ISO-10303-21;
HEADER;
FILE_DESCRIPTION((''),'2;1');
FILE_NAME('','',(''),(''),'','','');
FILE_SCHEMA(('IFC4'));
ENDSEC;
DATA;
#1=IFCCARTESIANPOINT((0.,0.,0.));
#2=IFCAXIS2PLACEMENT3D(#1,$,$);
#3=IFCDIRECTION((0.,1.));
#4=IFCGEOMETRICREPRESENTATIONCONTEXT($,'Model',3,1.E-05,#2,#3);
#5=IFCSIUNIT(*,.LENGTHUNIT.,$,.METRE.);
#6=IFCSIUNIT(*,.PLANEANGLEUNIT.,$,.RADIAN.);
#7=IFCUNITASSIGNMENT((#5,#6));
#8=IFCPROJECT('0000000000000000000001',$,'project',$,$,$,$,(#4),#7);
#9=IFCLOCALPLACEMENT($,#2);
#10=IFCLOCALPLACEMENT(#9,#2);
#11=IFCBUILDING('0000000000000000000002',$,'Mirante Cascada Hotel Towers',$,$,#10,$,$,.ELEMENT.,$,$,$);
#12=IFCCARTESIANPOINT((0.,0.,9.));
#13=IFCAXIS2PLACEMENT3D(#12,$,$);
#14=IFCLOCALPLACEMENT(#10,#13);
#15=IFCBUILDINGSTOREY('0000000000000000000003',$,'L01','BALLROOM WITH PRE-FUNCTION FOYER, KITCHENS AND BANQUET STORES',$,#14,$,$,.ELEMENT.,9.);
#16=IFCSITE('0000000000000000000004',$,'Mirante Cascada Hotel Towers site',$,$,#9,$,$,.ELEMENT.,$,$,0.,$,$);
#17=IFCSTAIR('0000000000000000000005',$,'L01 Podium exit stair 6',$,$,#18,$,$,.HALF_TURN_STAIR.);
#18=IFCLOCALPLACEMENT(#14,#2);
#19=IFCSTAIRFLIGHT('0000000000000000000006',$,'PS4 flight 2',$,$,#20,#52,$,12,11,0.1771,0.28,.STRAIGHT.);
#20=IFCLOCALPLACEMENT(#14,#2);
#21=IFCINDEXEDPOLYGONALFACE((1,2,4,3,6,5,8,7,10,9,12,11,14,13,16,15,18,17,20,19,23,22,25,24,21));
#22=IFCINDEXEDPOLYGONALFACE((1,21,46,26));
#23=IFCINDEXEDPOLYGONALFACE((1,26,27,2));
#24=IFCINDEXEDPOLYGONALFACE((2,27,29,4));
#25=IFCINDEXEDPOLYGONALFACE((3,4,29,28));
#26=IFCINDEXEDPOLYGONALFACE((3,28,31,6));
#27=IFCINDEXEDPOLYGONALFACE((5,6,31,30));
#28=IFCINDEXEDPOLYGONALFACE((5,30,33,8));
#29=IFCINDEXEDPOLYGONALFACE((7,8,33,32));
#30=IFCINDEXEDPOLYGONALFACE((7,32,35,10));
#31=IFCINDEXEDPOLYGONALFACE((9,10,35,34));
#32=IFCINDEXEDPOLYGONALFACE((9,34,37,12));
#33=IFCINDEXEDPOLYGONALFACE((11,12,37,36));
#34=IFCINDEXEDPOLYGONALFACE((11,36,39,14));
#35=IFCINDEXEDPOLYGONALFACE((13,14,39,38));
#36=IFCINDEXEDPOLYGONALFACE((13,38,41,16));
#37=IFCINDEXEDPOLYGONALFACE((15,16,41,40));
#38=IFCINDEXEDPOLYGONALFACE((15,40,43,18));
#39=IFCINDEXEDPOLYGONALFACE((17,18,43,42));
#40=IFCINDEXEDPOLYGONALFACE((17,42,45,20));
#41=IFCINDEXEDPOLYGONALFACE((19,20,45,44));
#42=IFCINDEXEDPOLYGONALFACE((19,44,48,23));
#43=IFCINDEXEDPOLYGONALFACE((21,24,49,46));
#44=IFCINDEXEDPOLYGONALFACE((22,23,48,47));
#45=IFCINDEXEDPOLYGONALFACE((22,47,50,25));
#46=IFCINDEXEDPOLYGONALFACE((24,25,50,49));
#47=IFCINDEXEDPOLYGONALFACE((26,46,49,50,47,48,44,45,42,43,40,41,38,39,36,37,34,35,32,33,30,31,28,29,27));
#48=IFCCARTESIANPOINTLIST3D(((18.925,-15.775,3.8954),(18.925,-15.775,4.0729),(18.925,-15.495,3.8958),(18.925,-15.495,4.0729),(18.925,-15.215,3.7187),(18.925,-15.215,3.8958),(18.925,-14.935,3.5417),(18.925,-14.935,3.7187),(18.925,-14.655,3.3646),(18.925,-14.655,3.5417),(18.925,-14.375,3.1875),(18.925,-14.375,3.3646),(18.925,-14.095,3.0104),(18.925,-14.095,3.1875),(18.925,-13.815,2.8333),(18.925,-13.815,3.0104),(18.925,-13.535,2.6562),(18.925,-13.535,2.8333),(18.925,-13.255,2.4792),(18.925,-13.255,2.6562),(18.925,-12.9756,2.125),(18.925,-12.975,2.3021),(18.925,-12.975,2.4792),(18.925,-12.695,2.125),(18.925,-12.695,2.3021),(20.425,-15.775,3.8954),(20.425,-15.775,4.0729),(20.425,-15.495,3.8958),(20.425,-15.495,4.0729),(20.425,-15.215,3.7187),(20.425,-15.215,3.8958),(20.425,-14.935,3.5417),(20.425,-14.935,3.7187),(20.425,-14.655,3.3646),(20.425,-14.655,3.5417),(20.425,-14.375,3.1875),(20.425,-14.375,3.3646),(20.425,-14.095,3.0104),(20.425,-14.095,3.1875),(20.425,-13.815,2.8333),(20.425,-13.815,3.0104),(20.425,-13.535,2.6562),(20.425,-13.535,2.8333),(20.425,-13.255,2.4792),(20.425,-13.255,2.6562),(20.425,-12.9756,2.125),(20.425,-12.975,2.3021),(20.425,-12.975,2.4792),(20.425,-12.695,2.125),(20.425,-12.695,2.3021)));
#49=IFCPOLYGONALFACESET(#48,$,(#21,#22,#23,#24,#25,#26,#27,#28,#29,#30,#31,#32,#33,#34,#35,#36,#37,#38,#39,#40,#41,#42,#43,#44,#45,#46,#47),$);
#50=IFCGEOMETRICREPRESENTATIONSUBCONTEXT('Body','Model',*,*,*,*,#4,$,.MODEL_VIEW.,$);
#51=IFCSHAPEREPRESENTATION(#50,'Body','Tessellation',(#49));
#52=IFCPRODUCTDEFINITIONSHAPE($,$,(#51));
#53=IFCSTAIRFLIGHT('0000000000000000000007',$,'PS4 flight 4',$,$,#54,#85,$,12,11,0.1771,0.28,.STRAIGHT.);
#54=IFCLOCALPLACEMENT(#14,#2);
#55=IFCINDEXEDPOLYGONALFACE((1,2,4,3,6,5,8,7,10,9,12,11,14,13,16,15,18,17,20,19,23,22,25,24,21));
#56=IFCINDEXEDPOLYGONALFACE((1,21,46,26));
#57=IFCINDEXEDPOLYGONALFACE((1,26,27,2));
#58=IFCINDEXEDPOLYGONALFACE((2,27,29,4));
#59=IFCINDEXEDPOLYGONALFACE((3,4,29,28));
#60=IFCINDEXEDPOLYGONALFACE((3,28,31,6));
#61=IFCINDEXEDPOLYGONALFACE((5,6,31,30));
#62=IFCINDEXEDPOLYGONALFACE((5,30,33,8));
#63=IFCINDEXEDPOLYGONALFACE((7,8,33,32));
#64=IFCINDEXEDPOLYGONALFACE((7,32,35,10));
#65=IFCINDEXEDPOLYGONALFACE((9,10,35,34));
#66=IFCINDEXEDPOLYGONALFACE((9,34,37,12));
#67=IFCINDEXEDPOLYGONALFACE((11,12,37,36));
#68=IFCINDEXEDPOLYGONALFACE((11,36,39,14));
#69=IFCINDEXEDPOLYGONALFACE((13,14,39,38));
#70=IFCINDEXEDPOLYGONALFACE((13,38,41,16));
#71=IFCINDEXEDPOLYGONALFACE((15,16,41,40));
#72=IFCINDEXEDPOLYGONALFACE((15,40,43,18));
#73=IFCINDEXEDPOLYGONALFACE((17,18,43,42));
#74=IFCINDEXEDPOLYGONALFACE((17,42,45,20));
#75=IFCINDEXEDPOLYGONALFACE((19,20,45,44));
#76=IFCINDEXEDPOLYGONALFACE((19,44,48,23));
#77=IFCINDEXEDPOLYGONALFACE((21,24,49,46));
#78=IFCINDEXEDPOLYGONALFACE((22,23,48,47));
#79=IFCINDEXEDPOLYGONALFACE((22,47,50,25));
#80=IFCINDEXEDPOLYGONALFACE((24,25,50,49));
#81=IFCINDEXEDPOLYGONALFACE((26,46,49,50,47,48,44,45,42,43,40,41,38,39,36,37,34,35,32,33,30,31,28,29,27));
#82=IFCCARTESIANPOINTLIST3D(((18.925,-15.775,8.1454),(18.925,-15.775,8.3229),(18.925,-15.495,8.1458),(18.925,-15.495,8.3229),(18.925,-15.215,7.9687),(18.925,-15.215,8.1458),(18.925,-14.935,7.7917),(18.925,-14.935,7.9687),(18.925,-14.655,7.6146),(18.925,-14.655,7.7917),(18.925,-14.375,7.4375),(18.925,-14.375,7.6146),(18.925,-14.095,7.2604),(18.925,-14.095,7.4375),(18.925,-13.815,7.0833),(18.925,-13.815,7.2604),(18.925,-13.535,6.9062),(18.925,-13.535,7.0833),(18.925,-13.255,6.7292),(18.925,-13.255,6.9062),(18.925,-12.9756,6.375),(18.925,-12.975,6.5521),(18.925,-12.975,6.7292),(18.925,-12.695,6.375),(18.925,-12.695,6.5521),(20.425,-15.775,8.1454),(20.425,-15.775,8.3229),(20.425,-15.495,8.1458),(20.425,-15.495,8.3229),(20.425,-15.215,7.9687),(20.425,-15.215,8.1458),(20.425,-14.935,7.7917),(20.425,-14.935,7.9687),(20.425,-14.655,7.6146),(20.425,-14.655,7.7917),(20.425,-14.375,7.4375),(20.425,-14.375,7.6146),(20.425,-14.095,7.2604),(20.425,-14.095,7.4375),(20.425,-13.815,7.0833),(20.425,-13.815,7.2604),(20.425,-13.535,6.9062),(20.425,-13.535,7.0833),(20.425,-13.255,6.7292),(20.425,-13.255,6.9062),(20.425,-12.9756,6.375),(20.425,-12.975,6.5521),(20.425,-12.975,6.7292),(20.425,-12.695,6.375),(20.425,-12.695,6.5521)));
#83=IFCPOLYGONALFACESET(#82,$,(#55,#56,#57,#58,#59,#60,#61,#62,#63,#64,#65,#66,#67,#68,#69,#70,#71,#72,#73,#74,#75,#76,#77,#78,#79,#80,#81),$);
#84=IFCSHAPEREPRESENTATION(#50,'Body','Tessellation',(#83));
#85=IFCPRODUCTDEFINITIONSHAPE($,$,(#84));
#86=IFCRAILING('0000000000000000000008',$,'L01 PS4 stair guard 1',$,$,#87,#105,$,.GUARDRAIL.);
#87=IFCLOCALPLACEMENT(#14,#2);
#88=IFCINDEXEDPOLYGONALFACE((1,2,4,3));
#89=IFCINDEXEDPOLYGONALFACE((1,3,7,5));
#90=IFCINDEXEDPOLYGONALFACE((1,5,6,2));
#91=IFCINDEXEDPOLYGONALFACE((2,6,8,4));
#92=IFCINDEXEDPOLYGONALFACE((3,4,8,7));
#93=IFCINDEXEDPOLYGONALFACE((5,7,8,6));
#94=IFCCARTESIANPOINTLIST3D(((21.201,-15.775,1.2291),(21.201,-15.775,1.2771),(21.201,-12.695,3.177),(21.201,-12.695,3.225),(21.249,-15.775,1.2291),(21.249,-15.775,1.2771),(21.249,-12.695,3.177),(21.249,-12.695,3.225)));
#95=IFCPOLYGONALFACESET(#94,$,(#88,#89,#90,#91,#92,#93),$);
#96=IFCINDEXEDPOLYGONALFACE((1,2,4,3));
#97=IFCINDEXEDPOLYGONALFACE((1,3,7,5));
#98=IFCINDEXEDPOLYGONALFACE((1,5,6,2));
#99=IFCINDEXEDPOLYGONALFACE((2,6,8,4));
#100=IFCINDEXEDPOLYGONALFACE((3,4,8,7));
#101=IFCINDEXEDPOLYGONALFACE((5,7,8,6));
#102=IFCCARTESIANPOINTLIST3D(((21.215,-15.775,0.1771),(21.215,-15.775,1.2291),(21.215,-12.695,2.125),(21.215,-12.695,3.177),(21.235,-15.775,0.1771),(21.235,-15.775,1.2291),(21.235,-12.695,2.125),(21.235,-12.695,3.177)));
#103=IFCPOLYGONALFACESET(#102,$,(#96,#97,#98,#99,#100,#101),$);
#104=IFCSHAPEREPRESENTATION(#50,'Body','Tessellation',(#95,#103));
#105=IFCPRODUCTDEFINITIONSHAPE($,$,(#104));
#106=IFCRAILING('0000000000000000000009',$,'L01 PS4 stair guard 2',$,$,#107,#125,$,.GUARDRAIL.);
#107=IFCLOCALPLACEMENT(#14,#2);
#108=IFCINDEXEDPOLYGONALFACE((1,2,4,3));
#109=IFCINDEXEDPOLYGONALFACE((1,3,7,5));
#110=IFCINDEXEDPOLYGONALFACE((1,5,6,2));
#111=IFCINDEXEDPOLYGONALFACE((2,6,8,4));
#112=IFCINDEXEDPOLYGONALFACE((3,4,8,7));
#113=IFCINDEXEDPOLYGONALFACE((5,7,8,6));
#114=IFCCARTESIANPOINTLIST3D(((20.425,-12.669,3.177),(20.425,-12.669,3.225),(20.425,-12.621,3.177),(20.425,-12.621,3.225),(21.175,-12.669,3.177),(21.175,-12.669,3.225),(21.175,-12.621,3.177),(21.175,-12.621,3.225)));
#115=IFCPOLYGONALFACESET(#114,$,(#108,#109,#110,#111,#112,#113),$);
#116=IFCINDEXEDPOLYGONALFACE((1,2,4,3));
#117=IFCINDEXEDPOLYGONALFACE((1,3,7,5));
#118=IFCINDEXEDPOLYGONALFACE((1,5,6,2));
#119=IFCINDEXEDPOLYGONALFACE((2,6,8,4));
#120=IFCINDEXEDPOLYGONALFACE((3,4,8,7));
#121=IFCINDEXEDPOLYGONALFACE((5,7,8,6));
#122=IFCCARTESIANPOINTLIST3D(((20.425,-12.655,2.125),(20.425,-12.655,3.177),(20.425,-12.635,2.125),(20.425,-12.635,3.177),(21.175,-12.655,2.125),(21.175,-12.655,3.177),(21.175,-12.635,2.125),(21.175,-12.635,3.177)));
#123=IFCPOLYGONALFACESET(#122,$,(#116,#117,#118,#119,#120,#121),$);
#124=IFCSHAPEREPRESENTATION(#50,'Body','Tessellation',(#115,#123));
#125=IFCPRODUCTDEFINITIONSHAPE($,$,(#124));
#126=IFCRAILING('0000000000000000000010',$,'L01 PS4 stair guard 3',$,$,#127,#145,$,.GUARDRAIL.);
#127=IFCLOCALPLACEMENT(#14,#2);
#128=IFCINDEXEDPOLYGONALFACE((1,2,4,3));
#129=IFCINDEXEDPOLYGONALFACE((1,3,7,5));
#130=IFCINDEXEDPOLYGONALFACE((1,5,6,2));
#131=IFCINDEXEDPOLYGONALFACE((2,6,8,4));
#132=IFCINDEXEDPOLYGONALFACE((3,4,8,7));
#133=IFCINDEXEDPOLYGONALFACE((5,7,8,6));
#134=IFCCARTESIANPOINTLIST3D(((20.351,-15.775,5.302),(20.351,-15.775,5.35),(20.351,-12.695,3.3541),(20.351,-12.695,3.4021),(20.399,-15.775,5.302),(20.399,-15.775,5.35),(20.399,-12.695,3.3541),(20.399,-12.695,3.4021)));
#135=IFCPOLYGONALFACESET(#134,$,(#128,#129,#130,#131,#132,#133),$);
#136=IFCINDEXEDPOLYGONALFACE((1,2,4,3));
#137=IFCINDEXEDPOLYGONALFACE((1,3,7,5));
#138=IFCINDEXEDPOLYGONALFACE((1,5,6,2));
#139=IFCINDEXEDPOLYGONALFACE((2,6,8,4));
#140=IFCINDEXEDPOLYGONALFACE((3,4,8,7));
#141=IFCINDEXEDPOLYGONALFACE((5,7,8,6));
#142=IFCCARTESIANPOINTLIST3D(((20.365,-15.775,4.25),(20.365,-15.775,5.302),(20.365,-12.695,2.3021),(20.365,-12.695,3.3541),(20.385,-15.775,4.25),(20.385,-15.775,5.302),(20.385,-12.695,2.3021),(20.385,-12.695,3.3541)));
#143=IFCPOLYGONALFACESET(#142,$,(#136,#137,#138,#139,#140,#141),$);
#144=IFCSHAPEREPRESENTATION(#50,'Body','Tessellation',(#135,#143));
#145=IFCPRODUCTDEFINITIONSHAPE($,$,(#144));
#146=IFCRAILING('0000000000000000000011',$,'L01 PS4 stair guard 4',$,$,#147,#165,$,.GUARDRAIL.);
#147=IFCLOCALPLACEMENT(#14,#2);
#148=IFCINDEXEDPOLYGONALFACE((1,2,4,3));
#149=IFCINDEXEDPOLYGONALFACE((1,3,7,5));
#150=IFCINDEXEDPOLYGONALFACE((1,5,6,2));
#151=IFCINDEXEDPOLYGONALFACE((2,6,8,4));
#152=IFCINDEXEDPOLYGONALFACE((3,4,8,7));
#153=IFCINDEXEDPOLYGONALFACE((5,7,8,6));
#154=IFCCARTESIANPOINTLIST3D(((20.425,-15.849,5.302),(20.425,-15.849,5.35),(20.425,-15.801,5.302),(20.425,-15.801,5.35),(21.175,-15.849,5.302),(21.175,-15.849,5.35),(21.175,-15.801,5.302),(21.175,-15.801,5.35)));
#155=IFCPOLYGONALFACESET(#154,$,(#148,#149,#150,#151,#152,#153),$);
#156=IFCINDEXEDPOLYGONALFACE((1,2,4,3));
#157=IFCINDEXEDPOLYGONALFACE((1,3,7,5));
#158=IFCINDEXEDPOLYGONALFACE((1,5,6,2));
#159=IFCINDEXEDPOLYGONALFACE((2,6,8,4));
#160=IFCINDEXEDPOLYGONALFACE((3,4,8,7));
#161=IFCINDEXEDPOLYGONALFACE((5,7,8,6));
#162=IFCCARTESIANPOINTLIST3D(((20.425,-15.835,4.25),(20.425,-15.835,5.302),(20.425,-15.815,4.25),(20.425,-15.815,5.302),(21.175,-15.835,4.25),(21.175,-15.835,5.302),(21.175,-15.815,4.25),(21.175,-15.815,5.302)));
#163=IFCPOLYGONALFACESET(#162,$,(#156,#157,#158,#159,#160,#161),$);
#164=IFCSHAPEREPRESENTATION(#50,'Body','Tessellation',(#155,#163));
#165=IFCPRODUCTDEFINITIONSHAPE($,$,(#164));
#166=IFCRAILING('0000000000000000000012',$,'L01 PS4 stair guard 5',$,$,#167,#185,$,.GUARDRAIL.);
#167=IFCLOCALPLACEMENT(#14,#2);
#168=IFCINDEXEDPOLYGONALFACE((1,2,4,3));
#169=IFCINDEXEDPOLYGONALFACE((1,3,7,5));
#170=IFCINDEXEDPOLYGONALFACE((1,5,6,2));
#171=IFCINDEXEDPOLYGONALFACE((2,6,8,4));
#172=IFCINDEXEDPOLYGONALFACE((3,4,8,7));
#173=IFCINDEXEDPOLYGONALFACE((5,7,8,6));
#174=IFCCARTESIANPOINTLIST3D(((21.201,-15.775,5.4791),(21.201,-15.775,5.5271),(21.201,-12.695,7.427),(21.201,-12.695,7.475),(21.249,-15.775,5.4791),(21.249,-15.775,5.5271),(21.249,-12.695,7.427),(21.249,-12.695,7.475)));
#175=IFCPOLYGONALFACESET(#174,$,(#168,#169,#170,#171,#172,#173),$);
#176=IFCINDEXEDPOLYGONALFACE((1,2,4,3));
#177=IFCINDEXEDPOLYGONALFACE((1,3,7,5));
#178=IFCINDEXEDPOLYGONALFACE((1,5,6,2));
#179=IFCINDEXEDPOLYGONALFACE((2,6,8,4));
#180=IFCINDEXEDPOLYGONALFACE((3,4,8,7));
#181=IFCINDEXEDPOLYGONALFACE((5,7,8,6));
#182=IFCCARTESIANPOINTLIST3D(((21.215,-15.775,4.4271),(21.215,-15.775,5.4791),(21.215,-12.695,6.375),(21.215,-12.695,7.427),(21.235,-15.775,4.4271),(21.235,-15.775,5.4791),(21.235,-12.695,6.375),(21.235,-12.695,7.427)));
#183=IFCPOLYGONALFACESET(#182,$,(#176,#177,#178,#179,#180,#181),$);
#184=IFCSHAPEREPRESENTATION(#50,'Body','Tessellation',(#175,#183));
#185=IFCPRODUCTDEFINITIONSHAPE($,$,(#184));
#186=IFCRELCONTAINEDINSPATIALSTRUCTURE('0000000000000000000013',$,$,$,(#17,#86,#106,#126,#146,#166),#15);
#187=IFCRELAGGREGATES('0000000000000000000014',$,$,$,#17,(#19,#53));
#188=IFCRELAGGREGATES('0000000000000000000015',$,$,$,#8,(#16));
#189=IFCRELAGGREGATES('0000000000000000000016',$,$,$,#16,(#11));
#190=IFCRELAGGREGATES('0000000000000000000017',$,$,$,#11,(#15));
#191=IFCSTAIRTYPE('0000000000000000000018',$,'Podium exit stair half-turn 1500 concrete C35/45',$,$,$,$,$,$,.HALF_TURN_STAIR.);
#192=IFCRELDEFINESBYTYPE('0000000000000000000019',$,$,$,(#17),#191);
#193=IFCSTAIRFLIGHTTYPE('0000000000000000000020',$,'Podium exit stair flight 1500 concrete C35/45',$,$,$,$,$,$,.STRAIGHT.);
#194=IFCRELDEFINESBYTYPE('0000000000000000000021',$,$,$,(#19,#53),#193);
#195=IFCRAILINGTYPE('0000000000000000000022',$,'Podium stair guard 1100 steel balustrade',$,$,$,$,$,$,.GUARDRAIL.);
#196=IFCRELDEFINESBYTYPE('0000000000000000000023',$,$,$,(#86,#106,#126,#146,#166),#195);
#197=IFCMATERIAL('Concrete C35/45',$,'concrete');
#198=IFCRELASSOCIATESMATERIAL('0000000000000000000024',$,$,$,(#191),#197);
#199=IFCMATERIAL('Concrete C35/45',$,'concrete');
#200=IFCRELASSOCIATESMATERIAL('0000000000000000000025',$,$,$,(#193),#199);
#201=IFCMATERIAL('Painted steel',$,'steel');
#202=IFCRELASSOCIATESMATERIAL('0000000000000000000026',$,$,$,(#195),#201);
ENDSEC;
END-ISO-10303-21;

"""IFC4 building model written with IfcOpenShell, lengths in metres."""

from ifc_helpers import new_model, si_unit, direction, frame, origin, origin_2d, place, context, subcontext, project, spatial, polyline, rectangle, outline, extrude, material, type_object, element, aggregate, save


model = new_model("IFC4")

# Units and contexts
model_context = context("Model", 3, precision=1e-05, world=origin(), true_north=direction((0.0, 1.0)))
body_context = subcontext(model_context, "Body", "Model", "MODEL_VIEW")
ifc_project = project(units=[si_unit("LENGTHUNIT", "METRE"), si_unit("PLANEANGLEUNIT", "RADIAN")], contexts=[model_context])

# Site, building, storey
site_placement = place(None, origin())
site = spatial("IfcSite", under=ifc_project, at=site_placement, Name="Mirante Cascada Hotel Towers site", CompositionType="ELEMENT", RefElevation=0.0)
building_placement = place(site_placement, origin())
building = spatial("IfcBuilding", under=site, at=building_placement, Name="Mirante Cascada Hotel Towers", CompositionType="ELEMENT")
storey_placement = place(building_placement, frame((0.0, 0.0, 9.0)))
storey = spatial("IfcBuildingStorey", under=building, at=storey_placement, Name="L01", Description="BALLROOM WITH PRE-FUNCTION FOYER, KITCHENS AND BANQUET STORES", CompositionType="ELEMENT", Elevation=9.0)

# Stair, stair flights
ifc_material_1 = material(Name="Concrete C35/45", Category="concrete")
stair_type = type_object("IfcStairType", Name="Podium exit stair half-turn 1500 concrete C35/45", PredefinedType="HALF_TURN_STAIR", material=ifc_material_1)
stair_placement = place(storey_placement, origin())
stair = element("IfcStair", 1, at=stair_placement, inside=storey, type_object=stair_type, Name="L01 Podium exit stair 6", PredefinedType="HALF_TURN_STAIR")
ifc_material_2 = material(Name="Concrete C35/45", Category="concrete")
stair_flight_type = type_object("IfcStairFlightType", Name="Podium exit stair flight 1500 concrete C35/45", PredefinedType="STRAIGHT", material=ifc_material_2)
stair_flight_1_placement = place(storey_placement, frame((19.675, -12.695, 2.125), z_axis=(0.0, 0.0, 1.0), x_axis=(0.0, -1.0, 0.0)))
stair_flight_1 = element("IfcStairFlight", 2, at=stair_flight_1_placement, type_object=stair_flight_type, Name="PS4 flight 2", NumberOfRisers=12, NumberOfTreads=11, PredefinedType="STRAIGHT", RiserHeight=0.1771, TreadLength=0.28, context=body_context, shape_type="SweptSolid", body=[
    extrude(outline(polyline([(0.0, 0.0), (0.0, 0.1771), (0.28, 0.1771), (0.28, 0.3542), (0.56, 0.3542), (0.56, 0.5312), (0.84, 0.5312), (0.84, 0.7083), (1.12, 0.7083), (1.12, 0.8854), (1.4, 0.8854), (1.4, 1.0625), (1.68, 1.0625), (1.68, 1.2396), (1.96, 1.2396), (1.96, 1.4167), (2.24, 1.4167), (2.24, 1.5937), (2.52, 1.5937), (2.52, 1.7708), (2.8, 1.7708), (2.8, 1.9479), (3.08, 1.9479), (3.08, 2.125), (3.08, 1.7704), (0.2806, 0.0), (0.0, 0.0)])), frame((0.0, 0.75, 0.0), z_axis=(0.0, -1.0, 0.0), x_axis=(1.0, 0.0, 0.0)), (0.0, 0.0, 1.0), 1.5),
])
stair_flight_2_placement = place(storey_placement, frame((19.675, -12.695, 6.375), z_axis=(0.0, 0.0, 1.0), x_axis=(0.0, -1.0, 0.0)))
stair_flight_2 = element("IfcStairFlight", 3, at=stair_flight_2_placement, type_object=stair_flight_type, Name="PS4 flight 4", NumberOfRisers=12, NumberOfTreads=11, PredefinedType="STRAIGHT", RiserHeight=0.1771, TreadLength=0.28, context=body_context, shape_type="SweptSolid", body=[
    extrude(outline(polyline([(0.0, 0.0), (0.0, 0.1771), (0.28, 0.1771), (0.28, 0.3542), (0.56, 0.3542), (0.56, 0.5312), (0.84, 0.5312), (0.84, 0.7083), (1.12, 0.7083), (1.12, 0.8854), (1.4, 0.8854), (1.4, 1.0625), (1.68, 1.0625), (1.68, 1.2396), (1.96, 1.2396), (1.96, 1.4167), (2.24, 1.4167), (2.24, 1.5937), (2.52, 1.5937), (2.52, 1.7708), (2.8, 1.7708), (2.8, 1.9479), (3.08, 1.9479), (3.08, 2.125), (3.08, 1.7704), (0.2806, 0.0), (0.0, 0.0)])), frame((0.0, 0.75, 0.0), z_axis=(0.0, -1.0, 0.0), x_axis=(1.0, 0.0, 0.0)), (0.0, 0.0, 1.0), 1.5),
])
aggregate(stair, [stair_flight_1, stair_flight_2])

# Railings
ifc_material_3 = material(Name="Painted steel", Category="steel")
railing_type_1 = type_object("IfcRailingType", Name="Podium stair guard 1100 steel balustrade", PredefinedType="GUARDRAIL", material=ifc_material_3)
railing_1_placement = place(storey_placement, frame((21.225, -15.775, 0.1771)))
element("IfcRailing", 4, at=railing_1_placement, inside=storey, type_object=railing_type_1, Name="L01 PS4 stair guard 1", PredefinedType="GUARDRAIL", context=body_context, shape_type="SweptSolid", body=[
    extrude(rectangle(XDim=0.048, YDim=0.048, at=origin_2d()), frame((0.0, 0.0, 1.076), z_axis=(0.0, 1.0, 0.0), x_axis=(-1.0, 0.0, 0.0)), (0.0, 0.53451, 0.845162), 3.6443),
    extrude(rectangle(XDim=0.02, YDim=1.052, at=origin_2d()), frame((0.0, 0.0, 0.526), z_axis=(0.0, 1.0, 0.0), x_axis=(-1.0, 0.0, 0.0)), (0.0, 0.53451, 0.845162), 3.6443),
])
railing_2_placement = place(storey_placement, frame((21.175, -12.645, 2.125)))
element("IfcRailing", 5, at=railing_2_placement, inside=storey, type_object=railing_type_1, Name="L01 PS4 stair guard 2", PredefinedType="GUARDRAIL", context=body_context, shape_type="SweptSolid", body=[
    extrude(rectangle(XDim=0.048, YDim=0.048, at=origin_2d()), frame((0.0, 0.0, 1.076), z_axis=(-1.0, 0.0, 0.0), x_axis=(0.0, -1.0, 0.0)), (0.0, 0.0, 1.0), 0.75),
    extrude(rectangle(XDim=0.02, YDim=1.052, at=origin_2d()), frame((0.0, 0.0, 0.526), z_axis=(-1.0, 0.0, 0.0), x_axis=(0.0, -1.0, 0.0)), (0.0, 0.0, 1.0), 0.75),
])
railing_3_placement = place(storey_placement, frame((20.375, -12.695, 2.3021)))
element("IfcRailing", 6, at=railing_3_placement, inside=storey, type_object=railing_type_1, Name="L01 PS4 stair guard 3", PredefinedType="GUARDRAIL", context=body_context, shape_type="SweptSolid", body=[
    extrude(rectangle(XDim=0.048, YDim=0.048, at=origin_2d()), frame((0.0, 0.0, 1.076), z_axis=(0.0, -1.0, 0.0), x_axis=(1.0, 0.0, 0.0)), (0.0, 0.53451, 0.845162), 3.6443),
    extrude(rectangle(XDim=0.02, YDim=1.052, at=origin_2d()), frame((0.0, 0.0, 0.526), z_axis=(0.0, -1.0, 0.0), x_axis=(1.0, 0.0, 0.0)), (0.0, 0.53451, 0.845162), 3.6443),
])
railing_4_placement = place(storey_placement, frame((21.175, -15.825, 4.25)))
element("IfcRailing", 7, at=railing_4_placement, inside=storey, type_object=railing_type_1, Name="L01 PS4 stair guard 4", PredefinedType="GUARDRAIL", context=body_context, shape_type="SweptSolid", body=[
    extrude(rectangle(XDim=0.048, YDim=0.048, at=origin_2d()), frame((0.0, 0.0, 1.076), z_axis=(-1.0, 0.0, 0.0), x_axis=(0.0, -1.0, 0.0)), (0.0, 0.0, 1.0), 0.75),
    extrude(rectangle(XDim=0.02, YDim=1.052, at=origin_2d()), frame((0.0, 0.0, 0.526), z_axis=(-1.0, 0.0, 0.0), x_axis=(0.0, -1.0, 0.0)), (0.0, 0.0, 1.0), 0.75),
])
railing_5_placement = place(storey_placement, frame((21.225, -15.775, 4.4271)))
element("IfcRailing", 8, at=railing_5_placement, inside=storey, type_object=railing_type_1, Name="L01 PS4 stair guard 5", PredefinedType="GUARDRAIL", context=body_context, shape_type="SweptSolid", body=[
    extrude(rectangle(XDim=0.048, YDim=0.048, at=origin_2d()), frame((0.0, 0.0, 1.076), z_axis=(0.0, 1.0, 0.0), x_axis=(-1.0, 0.0, 0.0)), (0.0, 0.53451, 0.845162), 3.6443),
    extrude(rectangle(XDim=0.02, YDim=1.052, at=origin_2d()), frame((0.0, 0.0, 0.526), z_axis=(0.0, 1.0, 0.0), x_axis=(-1.0, 0.0, 0.0)), (0.0, 0.53451, 0.845162), 3.6443),
])

save(model, "model.ifc")
